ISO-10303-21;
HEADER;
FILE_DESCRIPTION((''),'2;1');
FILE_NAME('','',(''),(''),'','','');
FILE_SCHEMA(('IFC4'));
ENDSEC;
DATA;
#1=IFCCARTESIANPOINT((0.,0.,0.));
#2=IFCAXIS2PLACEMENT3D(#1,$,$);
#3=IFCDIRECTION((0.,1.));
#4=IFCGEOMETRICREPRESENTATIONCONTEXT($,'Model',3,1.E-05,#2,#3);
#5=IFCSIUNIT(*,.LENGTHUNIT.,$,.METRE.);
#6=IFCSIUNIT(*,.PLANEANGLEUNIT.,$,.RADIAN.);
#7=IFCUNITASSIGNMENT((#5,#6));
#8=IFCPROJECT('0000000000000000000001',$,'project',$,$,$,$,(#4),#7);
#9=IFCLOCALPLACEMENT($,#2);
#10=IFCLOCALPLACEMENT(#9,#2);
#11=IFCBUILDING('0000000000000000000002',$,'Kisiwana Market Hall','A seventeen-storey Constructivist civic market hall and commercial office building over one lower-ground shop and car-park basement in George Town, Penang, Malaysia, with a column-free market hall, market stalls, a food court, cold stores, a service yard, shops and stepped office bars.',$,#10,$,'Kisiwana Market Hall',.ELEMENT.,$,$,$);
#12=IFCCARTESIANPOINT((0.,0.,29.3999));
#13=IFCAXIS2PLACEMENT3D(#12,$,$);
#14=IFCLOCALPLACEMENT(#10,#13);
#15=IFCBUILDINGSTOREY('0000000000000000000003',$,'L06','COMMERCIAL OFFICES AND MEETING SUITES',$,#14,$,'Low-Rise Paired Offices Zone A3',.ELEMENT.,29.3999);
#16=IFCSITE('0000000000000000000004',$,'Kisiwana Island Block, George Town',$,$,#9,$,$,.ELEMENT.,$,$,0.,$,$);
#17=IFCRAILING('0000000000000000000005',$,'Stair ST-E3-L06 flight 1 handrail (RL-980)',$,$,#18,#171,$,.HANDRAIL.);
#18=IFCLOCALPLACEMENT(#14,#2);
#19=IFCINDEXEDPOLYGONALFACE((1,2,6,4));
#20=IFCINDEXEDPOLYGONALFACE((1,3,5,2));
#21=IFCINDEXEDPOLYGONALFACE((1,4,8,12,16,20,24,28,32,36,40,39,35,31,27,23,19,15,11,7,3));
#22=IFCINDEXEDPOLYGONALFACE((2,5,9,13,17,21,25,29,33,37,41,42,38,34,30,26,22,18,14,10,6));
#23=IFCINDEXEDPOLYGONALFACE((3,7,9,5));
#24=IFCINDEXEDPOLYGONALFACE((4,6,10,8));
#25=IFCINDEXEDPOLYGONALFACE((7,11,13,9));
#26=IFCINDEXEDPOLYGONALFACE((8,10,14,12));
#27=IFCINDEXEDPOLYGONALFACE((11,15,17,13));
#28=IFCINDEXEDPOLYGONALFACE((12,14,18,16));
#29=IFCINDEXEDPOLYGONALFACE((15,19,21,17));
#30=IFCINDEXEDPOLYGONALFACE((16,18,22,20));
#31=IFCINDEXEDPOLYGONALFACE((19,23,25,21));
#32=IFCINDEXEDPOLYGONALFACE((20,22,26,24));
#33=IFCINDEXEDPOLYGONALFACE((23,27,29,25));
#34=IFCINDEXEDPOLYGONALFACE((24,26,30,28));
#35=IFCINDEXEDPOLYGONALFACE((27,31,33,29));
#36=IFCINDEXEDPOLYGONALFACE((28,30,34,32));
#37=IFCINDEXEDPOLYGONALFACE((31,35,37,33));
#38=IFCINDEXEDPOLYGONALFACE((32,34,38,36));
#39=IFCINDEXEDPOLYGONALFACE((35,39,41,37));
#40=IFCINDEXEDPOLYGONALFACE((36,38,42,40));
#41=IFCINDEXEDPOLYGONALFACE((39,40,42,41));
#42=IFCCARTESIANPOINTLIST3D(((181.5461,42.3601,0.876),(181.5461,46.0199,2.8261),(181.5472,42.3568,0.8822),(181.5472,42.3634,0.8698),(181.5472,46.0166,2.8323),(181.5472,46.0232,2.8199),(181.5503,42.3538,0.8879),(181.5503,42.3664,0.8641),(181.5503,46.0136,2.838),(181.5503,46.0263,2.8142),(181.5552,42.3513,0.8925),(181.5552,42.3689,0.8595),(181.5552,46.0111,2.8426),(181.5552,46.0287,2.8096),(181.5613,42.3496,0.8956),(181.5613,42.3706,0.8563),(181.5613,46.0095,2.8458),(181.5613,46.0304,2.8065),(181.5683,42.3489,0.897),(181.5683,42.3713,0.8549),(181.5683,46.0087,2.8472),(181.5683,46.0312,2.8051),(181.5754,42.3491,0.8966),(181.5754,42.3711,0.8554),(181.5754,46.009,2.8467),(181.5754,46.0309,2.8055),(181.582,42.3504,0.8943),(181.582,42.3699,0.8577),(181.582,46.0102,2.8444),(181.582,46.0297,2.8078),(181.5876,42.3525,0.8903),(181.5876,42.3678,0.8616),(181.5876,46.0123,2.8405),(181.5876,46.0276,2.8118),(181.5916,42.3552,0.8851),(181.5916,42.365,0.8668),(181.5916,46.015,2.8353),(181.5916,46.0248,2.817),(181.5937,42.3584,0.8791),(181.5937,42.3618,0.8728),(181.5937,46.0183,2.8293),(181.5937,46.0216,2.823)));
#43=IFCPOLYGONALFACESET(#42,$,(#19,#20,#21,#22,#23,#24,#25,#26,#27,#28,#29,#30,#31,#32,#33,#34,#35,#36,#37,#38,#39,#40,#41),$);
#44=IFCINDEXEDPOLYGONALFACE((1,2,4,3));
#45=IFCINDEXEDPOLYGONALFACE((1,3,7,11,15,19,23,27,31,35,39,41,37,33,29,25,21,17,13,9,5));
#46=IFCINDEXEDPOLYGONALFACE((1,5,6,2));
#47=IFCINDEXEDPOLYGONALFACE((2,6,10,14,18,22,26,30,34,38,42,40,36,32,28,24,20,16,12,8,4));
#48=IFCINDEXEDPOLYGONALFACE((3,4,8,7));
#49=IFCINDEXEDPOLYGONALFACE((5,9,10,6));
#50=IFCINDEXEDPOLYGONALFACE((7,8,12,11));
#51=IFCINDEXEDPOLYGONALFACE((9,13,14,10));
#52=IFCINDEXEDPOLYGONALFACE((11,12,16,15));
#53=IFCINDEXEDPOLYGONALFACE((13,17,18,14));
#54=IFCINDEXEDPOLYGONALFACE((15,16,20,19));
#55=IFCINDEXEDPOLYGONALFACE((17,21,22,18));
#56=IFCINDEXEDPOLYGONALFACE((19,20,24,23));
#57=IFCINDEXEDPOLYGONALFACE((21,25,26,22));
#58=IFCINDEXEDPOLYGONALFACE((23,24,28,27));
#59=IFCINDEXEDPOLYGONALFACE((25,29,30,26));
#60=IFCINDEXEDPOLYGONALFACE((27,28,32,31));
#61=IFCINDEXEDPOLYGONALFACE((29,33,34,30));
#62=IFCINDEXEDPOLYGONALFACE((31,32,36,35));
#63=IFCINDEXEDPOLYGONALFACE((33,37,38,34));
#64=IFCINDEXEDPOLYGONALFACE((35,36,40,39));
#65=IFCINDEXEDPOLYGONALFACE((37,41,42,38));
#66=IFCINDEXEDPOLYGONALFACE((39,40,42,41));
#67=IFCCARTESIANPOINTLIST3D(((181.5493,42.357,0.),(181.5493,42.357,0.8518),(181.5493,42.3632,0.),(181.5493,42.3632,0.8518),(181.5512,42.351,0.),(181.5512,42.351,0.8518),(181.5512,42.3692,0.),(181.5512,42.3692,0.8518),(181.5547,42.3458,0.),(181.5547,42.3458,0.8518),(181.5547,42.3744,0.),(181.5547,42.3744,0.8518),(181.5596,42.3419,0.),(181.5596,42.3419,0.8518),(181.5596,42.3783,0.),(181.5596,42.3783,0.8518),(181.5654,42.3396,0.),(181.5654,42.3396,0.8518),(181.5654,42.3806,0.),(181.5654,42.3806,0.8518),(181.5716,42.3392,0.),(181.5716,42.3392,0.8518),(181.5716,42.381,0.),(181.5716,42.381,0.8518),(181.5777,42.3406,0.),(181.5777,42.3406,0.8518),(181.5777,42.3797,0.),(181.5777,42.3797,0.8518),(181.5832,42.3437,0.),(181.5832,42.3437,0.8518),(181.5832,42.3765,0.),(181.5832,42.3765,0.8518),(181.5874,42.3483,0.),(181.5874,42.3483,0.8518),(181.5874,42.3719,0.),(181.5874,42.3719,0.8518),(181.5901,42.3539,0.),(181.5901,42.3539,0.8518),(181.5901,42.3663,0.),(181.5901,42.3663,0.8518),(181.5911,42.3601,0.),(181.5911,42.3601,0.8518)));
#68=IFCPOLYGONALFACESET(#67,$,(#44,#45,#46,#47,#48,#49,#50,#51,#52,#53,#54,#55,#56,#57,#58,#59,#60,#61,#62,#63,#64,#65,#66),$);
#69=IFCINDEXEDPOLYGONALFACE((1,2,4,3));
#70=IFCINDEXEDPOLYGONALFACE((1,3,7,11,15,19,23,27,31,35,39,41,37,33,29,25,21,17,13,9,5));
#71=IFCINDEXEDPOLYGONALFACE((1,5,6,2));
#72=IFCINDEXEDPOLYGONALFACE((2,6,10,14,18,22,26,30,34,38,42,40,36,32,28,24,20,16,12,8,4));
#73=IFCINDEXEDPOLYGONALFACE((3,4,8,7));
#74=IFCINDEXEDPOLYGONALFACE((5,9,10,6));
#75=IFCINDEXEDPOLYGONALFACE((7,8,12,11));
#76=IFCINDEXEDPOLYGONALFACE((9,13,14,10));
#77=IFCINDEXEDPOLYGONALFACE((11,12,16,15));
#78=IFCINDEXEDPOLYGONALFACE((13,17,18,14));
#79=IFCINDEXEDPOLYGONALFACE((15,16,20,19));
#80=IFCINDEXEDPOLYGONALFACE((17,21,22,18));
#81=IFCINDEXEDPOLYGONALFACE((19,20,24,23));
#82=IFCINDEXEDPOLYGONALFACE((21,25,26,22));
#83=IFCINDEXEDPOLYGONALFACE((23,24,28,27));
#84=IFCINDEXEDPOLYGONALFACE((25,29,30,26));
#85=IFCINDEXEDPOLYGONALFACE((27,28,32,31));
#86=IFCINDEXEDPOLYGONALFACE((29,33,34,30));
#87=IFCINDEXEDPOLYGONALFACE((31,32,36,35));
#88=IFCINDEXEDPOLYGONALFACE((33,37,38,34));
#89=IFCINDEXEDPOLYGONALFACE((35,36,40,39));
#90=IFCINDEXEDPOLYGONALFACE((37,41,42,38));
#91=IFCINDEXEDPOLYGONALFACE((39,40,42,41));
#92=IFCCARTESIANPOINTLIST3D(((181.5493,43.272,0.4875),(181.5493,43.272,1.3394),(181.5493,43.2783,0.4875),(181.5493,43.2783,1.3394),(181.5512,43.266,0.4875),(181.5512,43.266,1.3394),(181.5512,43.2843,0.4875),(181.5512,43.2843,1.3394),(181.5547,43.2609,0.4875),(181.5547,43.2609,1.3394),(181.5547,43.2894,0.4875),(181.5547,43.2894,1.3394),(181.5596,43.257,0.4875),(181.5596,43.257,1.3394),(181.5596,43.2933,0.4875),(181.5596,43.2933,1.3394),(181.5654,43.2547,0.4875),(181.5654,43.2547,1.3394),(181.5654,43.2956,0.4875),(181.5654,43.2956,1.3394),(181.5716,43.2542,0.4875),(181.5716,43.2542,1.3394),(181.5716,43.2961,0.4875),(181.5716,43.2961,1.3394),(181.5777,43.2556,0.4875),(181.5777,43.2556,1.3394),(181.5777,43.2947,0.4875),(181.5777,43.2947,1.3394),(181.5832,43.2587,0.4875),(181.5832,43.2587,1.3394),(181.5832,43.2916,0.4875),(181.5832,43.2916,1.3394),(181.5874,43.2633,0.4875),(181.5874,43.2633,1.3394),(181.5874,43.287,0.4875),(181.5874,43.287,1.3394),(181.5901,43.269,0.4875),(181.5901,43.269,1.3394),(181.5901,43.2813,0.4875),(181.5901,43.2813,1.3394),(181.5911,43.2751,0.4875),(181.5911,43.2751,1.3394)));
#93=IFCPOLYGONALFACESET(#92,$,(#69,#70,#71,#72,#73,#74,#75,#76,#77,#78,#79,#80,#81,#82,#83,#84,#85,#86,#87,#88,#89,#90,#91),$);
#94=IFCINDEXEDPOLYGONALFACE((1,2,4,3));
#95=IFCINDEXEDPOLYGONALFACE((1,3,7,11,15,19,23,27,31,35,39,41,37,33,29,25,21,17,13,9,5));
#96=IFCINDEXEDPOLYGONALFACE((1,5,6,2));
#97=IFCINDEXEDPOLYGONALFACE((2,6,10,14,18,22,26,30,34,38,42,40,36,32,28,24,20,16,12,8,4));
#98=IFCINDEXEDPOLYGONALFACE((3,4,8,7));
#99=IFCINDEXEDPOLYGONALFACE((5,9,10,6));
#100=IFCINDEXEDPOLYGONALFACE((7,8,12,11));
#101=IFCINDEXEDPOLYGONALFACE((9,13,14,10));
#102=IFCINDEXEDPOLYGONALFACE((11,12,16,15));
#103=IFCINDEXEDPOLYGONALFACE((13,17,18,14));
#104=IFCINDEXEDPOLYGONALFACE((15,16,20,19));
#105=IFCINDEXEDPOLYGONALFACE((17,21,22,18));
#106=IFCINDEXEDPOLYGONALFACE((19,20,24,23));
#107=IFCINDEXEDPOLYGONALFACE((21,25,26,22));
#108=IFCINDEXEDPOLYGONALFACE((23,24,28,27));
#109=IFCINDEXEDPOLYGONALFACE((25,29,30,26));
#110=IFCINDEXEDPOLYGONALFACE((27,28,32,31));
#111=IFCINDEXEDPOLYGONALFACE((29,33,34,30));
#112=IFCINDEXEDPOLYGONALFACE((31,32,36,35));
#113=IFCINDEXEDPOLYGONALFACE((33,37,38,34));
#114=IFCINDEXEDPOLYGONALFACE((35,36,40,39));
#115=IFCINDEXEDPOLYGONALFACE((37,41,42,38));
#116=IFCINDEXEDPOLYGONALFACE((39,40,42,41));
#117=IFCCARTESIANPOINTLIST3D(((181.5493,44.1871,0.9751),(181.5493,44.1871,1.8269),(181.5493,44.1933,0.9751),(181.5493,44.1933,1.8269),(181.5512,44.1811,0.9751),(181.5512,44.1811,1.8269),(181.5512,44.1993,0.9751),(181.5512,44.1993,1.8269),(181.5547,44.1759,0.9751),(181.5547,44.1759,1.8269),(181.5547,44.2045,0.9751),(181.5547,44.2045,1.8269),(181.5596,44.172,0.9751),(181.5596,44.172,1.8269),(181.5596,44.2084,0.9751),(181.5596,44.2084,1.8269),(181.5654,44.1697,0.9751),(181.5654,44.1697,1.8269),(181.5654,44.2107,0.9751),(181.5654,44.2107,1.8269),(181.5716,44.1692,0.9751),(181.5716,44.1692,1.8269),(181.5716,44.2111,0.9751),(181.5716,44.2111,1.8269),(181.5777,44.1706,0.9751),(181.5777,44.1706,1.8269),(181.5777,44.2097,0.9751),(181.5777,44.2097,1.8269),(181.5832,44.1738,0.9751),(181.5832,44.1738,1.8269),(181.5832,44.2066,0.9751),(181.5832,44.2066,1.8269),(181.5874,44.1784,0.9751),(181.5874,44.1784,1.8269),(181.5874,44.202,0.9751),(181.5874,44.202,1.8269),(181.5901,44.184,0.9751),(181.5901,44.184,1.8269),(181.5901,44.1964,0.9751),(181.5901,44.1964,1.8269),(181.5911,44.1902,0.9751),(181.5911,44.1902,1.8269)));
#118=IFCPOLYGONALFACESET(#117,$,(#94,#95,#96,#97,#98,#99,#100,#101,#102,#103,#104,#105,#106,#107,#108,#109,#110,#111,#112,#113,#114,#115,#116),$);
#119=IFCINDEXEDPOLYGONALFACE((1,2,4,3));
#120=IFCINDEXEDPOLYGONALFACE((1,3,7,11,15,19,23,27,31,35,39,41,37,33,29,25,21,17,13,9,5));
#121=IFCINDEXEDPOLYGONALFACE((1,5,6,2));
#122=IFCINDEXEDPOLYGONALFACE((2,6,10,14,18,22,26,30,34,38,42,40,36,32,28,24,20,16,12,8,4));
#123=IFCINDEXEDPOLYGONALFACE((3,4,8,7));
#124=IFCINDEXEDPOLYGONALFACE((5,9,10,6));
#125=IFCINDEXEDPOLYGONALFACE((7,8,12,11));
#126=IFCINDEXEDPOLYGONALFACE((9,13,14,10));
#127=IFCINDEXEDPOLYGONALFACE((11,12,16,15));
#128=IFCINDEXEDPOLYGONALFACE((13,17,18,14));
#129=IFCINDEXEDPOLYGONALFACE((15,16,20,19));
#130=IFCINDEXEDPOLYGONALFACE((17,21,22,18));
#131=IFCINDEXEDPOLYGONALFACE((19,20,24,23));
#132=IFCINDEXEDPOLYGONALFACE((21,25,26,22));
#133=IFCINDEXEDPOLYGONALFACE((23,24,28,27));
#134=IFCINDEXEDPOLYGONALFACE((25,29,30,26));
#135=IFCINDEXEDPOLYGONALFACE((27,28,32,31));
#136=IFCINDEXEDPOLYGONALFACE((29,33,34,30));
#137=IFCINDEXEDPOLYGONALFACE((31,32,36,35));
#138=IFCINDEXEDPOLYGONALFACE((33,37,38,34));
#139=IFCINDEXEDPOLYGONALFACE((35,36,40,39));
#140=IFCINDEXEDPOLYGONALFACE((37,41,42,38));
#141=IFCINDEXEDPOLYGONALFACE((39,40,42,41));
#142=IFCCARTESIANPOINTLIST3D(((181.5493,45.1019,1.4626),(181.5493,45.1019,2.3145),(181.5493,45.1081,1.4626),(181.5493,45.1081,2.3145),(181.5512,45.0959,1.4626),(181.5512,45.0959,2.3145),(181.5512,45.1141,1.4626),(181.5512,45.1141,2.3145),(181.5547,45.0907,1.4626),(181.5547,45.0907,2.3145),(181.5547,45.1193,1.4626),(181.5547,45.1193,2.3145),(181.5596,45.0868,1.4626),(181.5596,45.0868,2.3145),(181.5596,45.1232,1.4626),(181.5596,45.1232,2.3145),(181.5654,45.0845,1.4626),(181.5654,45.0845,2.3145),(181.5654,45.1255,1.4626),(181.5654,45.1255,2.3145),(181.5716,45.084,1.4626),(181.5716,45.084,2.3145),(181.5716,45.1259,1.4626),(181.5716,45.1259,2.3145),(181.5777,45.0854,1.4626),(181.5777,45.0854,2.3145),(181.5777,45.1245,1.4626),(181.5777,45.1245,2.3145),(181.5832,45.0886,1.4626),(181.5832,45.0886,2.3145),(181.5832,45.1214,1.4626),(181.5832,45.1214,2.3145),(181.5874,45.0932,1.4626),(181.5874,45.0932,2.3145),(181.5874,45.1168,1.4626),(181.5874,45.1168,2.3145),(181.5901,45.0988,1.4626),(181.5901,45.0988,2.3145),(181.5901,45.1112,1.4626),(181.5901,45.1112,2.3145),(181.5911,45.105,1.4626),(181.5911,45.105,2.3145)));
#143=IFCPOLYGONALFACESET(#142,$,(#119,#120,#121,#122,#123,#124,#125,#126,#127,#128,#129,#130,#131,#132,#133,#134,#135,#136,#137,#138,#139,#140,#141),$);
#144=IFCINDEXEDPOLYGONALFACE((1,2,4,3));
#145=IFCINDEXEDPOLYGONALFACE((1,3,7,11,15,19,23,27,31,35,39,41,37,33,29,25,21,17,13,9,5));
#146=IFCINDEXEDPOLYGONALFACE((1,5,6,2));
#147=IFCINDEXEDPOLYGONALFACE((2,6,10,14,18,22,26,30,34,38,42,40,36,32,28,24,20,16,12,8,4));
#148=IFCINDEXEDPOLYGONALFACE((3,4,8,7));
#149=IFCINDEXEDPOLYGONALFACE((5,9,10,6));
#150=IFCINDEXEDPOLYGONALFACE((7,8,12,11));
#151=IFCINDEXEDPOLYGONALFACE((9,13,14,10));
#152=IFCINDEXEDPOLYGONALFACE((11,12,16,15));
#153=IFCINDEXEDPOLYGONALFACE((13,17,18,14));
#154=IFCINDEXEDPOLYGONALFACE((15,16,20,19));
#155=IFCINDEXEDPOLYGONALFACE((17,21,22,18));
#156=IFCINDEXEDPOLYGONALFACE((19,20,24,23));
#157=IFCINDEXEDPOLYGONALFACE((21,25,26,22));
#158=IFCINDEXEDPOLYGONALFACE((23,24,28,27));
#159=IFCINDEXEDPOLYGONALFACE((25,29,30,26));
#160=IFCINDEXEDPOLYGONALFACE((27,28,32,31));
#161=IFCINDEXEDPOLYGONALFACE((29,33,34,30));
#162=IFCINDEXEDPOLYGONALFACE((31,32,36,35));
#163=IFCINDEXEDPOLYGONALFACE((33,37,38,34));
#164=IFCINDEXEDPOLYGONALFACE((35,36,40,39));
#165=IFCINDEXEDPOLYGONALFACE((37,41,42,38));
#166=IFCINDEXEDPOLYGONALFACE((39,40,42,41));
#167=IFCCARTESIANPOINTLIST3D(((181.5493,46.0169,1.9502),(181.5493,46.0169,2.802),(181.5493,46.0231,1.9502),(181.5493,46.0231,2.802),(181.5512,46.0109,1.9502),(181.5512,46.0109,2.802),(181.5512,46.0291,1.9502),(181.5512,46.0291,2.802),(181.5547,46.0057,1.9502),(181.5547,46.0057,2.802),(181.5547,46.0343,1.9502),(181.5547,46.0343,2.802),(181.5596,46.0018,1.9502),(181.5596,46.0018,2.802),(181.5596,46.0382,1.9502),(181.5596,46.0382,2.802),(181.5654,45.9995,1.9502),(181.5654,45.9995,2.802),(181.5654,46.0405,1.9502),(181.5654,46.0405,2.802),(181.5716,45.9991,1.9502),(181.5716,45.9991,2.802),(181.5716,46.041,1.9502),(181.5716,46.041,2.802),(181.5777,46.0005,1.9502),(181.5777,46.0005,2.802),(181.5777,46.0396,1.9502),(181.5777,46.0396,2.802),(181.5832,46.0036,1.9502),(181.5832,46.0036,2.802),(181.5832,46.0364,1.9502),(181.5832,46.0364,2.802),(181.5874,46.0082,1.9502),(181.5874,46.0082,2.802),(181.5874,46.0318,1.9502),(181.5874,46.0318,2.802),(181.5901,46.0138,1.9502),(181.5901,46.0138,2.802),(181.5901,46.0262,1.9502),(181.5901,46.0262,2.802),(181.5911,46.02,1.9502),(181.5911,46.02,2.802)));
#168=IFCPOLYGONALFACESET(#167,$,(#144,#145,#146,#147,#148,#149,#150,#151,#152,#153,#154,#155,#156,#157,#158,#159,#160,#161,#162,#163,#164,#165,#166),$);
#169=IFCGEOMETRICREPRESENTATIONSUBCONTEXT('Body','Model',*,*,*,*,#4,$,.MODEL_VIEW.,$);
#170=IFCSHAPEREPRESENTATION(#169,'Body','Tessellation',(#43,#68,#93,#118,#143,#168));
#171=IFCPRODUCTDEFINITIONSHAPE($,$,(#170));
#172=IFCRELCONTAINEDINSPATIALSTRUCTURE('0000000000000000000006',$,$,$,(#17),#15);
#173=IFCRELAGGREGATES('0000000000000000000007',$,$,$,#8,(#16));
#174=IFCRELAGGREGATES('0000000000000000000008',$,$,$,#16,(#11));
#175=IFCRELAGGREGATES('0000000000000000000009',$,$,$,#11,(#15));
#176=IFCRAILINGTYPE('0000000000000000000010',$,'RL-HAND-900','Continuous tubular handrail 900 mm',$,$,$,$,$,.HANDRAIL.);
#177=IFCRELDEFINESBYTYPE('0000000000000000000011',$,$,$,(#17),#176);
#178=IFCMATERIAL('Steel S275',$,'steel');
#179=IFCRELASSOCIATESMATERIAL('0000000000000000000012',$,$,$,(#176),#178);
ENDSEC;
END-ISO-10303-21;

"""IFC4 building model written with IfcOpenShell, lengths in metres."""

from ifc_helpers import new_model, si_unit, direction, frame, origin, origin_2d, place, context, subcontext, project, spatial, circle, extrude, material, type_object, element, save


model = new_model("IFC4")

# Units and contexts
model_context = context("Model", 3, precision=1e-05, world=origin(), true_north=direction((0.0, 1.0)))
body_context = subcontext(model_context, "Body", "Model", "MODEL_VIEW")
ifc_project = project(units=[si_unit("LENGTHUNIT", "METRE"), si_unit("PLANEANGLEUNIT", "RADIAN")], contexts=[model_context])

# Site, building, storey
site_placement = place(None, origin())
site = spatial("IfcSite", under=ifc_project, at=site_placement, Name="Kisiwana Island Block, George Town", CompositionType="ELEMENT", RefElevation=0.0)
building_placement = place(site_placement, origin())
building = spatial("IfcBuilding", under=site, at=building_placement, Name="Kisiwana Market Hall", Description="A seventeen-storey Constructivist civic market hall and commercial office building over one lower-ground shop and car-park basement in George Town, Penang, Malaysia, with a column-free market hall, market stalls, a food court, cold stores, a service yard, shops and stepped office bars.", LongName="Kisiwana Market Hall", CompositionType="ELEMENT")
storey_placement = place(building_placement, frame((0.0, 0.0, 29.3999)))
storey = spatial("IfcBuildingStorey", under=building, at=storey_placement, Name="L06", Description="COMMERCIAL OFFICES AND MEETING SUITES", LongName="Low-Rise Paired Offices Zone A3", CompositionType="ELEMENT", Elevation=29.3999)

# Railing
ifc_material_1 = material(Name="Steel S275", Category="steel")
railing_type_1 = type_object("IfcRailingType", Name="RL-HAND-900", Description="Continuous tubular handrail 900 mm", PredefinedType="HANDRAIL", material=ifc_material_1)
railing_1_placement = place(storey_placement, frame((181.5701, 42.3601, 0.0)))
element("IfcRailing", 1, at=railing_1_placement, inside=storey, type_object=railing_type_1, Name="Stair ST-E3-L06 flight 1 handrail (RL-980)", PredefinedType="HANDRAIL", context=body_context, shape_type="SweptSolid", body=[
    extrude(circle(Radius=0.0239, at=origin_2d()), frame((0.0, 0.0, 0.876), z_axis=(0.0, 0.882529, 0.470258), x_axis=(-1.0, 0.0, 0.0)), (0.0, 0.0, 1.0), 4.147),
    extrude(circle(Radius=0.021, at=origin_2d()), origin(), (0.0, 0.0, 1.0), 0.8518),
    extrude(circle(Radius=0.021, at=origin_2d()), frame((0.0, 0.915, 0.4875)), (0.0, 0.0, 1.0), 0.8518),
    extrude(circle(Radius=0.021, at=origin_2d()), frame((0.0, 1.8301, 0.9751)), (0.0, 0.0, 1.0), 0.8518),
    extrude(circle(Radius=0.021, at=origin_2d()), frame((0.0, 2.7449, 1.4626)), (0.0, 0.0, 1.0), 0.8518),
    extrude(circle(Radius=0.021, at=origin_2d()), frame((0.0, 3.6599, 1.9502)), (0.0, 0.0, 1.0), 0.8518),
])

save(model, "model.ifc")
